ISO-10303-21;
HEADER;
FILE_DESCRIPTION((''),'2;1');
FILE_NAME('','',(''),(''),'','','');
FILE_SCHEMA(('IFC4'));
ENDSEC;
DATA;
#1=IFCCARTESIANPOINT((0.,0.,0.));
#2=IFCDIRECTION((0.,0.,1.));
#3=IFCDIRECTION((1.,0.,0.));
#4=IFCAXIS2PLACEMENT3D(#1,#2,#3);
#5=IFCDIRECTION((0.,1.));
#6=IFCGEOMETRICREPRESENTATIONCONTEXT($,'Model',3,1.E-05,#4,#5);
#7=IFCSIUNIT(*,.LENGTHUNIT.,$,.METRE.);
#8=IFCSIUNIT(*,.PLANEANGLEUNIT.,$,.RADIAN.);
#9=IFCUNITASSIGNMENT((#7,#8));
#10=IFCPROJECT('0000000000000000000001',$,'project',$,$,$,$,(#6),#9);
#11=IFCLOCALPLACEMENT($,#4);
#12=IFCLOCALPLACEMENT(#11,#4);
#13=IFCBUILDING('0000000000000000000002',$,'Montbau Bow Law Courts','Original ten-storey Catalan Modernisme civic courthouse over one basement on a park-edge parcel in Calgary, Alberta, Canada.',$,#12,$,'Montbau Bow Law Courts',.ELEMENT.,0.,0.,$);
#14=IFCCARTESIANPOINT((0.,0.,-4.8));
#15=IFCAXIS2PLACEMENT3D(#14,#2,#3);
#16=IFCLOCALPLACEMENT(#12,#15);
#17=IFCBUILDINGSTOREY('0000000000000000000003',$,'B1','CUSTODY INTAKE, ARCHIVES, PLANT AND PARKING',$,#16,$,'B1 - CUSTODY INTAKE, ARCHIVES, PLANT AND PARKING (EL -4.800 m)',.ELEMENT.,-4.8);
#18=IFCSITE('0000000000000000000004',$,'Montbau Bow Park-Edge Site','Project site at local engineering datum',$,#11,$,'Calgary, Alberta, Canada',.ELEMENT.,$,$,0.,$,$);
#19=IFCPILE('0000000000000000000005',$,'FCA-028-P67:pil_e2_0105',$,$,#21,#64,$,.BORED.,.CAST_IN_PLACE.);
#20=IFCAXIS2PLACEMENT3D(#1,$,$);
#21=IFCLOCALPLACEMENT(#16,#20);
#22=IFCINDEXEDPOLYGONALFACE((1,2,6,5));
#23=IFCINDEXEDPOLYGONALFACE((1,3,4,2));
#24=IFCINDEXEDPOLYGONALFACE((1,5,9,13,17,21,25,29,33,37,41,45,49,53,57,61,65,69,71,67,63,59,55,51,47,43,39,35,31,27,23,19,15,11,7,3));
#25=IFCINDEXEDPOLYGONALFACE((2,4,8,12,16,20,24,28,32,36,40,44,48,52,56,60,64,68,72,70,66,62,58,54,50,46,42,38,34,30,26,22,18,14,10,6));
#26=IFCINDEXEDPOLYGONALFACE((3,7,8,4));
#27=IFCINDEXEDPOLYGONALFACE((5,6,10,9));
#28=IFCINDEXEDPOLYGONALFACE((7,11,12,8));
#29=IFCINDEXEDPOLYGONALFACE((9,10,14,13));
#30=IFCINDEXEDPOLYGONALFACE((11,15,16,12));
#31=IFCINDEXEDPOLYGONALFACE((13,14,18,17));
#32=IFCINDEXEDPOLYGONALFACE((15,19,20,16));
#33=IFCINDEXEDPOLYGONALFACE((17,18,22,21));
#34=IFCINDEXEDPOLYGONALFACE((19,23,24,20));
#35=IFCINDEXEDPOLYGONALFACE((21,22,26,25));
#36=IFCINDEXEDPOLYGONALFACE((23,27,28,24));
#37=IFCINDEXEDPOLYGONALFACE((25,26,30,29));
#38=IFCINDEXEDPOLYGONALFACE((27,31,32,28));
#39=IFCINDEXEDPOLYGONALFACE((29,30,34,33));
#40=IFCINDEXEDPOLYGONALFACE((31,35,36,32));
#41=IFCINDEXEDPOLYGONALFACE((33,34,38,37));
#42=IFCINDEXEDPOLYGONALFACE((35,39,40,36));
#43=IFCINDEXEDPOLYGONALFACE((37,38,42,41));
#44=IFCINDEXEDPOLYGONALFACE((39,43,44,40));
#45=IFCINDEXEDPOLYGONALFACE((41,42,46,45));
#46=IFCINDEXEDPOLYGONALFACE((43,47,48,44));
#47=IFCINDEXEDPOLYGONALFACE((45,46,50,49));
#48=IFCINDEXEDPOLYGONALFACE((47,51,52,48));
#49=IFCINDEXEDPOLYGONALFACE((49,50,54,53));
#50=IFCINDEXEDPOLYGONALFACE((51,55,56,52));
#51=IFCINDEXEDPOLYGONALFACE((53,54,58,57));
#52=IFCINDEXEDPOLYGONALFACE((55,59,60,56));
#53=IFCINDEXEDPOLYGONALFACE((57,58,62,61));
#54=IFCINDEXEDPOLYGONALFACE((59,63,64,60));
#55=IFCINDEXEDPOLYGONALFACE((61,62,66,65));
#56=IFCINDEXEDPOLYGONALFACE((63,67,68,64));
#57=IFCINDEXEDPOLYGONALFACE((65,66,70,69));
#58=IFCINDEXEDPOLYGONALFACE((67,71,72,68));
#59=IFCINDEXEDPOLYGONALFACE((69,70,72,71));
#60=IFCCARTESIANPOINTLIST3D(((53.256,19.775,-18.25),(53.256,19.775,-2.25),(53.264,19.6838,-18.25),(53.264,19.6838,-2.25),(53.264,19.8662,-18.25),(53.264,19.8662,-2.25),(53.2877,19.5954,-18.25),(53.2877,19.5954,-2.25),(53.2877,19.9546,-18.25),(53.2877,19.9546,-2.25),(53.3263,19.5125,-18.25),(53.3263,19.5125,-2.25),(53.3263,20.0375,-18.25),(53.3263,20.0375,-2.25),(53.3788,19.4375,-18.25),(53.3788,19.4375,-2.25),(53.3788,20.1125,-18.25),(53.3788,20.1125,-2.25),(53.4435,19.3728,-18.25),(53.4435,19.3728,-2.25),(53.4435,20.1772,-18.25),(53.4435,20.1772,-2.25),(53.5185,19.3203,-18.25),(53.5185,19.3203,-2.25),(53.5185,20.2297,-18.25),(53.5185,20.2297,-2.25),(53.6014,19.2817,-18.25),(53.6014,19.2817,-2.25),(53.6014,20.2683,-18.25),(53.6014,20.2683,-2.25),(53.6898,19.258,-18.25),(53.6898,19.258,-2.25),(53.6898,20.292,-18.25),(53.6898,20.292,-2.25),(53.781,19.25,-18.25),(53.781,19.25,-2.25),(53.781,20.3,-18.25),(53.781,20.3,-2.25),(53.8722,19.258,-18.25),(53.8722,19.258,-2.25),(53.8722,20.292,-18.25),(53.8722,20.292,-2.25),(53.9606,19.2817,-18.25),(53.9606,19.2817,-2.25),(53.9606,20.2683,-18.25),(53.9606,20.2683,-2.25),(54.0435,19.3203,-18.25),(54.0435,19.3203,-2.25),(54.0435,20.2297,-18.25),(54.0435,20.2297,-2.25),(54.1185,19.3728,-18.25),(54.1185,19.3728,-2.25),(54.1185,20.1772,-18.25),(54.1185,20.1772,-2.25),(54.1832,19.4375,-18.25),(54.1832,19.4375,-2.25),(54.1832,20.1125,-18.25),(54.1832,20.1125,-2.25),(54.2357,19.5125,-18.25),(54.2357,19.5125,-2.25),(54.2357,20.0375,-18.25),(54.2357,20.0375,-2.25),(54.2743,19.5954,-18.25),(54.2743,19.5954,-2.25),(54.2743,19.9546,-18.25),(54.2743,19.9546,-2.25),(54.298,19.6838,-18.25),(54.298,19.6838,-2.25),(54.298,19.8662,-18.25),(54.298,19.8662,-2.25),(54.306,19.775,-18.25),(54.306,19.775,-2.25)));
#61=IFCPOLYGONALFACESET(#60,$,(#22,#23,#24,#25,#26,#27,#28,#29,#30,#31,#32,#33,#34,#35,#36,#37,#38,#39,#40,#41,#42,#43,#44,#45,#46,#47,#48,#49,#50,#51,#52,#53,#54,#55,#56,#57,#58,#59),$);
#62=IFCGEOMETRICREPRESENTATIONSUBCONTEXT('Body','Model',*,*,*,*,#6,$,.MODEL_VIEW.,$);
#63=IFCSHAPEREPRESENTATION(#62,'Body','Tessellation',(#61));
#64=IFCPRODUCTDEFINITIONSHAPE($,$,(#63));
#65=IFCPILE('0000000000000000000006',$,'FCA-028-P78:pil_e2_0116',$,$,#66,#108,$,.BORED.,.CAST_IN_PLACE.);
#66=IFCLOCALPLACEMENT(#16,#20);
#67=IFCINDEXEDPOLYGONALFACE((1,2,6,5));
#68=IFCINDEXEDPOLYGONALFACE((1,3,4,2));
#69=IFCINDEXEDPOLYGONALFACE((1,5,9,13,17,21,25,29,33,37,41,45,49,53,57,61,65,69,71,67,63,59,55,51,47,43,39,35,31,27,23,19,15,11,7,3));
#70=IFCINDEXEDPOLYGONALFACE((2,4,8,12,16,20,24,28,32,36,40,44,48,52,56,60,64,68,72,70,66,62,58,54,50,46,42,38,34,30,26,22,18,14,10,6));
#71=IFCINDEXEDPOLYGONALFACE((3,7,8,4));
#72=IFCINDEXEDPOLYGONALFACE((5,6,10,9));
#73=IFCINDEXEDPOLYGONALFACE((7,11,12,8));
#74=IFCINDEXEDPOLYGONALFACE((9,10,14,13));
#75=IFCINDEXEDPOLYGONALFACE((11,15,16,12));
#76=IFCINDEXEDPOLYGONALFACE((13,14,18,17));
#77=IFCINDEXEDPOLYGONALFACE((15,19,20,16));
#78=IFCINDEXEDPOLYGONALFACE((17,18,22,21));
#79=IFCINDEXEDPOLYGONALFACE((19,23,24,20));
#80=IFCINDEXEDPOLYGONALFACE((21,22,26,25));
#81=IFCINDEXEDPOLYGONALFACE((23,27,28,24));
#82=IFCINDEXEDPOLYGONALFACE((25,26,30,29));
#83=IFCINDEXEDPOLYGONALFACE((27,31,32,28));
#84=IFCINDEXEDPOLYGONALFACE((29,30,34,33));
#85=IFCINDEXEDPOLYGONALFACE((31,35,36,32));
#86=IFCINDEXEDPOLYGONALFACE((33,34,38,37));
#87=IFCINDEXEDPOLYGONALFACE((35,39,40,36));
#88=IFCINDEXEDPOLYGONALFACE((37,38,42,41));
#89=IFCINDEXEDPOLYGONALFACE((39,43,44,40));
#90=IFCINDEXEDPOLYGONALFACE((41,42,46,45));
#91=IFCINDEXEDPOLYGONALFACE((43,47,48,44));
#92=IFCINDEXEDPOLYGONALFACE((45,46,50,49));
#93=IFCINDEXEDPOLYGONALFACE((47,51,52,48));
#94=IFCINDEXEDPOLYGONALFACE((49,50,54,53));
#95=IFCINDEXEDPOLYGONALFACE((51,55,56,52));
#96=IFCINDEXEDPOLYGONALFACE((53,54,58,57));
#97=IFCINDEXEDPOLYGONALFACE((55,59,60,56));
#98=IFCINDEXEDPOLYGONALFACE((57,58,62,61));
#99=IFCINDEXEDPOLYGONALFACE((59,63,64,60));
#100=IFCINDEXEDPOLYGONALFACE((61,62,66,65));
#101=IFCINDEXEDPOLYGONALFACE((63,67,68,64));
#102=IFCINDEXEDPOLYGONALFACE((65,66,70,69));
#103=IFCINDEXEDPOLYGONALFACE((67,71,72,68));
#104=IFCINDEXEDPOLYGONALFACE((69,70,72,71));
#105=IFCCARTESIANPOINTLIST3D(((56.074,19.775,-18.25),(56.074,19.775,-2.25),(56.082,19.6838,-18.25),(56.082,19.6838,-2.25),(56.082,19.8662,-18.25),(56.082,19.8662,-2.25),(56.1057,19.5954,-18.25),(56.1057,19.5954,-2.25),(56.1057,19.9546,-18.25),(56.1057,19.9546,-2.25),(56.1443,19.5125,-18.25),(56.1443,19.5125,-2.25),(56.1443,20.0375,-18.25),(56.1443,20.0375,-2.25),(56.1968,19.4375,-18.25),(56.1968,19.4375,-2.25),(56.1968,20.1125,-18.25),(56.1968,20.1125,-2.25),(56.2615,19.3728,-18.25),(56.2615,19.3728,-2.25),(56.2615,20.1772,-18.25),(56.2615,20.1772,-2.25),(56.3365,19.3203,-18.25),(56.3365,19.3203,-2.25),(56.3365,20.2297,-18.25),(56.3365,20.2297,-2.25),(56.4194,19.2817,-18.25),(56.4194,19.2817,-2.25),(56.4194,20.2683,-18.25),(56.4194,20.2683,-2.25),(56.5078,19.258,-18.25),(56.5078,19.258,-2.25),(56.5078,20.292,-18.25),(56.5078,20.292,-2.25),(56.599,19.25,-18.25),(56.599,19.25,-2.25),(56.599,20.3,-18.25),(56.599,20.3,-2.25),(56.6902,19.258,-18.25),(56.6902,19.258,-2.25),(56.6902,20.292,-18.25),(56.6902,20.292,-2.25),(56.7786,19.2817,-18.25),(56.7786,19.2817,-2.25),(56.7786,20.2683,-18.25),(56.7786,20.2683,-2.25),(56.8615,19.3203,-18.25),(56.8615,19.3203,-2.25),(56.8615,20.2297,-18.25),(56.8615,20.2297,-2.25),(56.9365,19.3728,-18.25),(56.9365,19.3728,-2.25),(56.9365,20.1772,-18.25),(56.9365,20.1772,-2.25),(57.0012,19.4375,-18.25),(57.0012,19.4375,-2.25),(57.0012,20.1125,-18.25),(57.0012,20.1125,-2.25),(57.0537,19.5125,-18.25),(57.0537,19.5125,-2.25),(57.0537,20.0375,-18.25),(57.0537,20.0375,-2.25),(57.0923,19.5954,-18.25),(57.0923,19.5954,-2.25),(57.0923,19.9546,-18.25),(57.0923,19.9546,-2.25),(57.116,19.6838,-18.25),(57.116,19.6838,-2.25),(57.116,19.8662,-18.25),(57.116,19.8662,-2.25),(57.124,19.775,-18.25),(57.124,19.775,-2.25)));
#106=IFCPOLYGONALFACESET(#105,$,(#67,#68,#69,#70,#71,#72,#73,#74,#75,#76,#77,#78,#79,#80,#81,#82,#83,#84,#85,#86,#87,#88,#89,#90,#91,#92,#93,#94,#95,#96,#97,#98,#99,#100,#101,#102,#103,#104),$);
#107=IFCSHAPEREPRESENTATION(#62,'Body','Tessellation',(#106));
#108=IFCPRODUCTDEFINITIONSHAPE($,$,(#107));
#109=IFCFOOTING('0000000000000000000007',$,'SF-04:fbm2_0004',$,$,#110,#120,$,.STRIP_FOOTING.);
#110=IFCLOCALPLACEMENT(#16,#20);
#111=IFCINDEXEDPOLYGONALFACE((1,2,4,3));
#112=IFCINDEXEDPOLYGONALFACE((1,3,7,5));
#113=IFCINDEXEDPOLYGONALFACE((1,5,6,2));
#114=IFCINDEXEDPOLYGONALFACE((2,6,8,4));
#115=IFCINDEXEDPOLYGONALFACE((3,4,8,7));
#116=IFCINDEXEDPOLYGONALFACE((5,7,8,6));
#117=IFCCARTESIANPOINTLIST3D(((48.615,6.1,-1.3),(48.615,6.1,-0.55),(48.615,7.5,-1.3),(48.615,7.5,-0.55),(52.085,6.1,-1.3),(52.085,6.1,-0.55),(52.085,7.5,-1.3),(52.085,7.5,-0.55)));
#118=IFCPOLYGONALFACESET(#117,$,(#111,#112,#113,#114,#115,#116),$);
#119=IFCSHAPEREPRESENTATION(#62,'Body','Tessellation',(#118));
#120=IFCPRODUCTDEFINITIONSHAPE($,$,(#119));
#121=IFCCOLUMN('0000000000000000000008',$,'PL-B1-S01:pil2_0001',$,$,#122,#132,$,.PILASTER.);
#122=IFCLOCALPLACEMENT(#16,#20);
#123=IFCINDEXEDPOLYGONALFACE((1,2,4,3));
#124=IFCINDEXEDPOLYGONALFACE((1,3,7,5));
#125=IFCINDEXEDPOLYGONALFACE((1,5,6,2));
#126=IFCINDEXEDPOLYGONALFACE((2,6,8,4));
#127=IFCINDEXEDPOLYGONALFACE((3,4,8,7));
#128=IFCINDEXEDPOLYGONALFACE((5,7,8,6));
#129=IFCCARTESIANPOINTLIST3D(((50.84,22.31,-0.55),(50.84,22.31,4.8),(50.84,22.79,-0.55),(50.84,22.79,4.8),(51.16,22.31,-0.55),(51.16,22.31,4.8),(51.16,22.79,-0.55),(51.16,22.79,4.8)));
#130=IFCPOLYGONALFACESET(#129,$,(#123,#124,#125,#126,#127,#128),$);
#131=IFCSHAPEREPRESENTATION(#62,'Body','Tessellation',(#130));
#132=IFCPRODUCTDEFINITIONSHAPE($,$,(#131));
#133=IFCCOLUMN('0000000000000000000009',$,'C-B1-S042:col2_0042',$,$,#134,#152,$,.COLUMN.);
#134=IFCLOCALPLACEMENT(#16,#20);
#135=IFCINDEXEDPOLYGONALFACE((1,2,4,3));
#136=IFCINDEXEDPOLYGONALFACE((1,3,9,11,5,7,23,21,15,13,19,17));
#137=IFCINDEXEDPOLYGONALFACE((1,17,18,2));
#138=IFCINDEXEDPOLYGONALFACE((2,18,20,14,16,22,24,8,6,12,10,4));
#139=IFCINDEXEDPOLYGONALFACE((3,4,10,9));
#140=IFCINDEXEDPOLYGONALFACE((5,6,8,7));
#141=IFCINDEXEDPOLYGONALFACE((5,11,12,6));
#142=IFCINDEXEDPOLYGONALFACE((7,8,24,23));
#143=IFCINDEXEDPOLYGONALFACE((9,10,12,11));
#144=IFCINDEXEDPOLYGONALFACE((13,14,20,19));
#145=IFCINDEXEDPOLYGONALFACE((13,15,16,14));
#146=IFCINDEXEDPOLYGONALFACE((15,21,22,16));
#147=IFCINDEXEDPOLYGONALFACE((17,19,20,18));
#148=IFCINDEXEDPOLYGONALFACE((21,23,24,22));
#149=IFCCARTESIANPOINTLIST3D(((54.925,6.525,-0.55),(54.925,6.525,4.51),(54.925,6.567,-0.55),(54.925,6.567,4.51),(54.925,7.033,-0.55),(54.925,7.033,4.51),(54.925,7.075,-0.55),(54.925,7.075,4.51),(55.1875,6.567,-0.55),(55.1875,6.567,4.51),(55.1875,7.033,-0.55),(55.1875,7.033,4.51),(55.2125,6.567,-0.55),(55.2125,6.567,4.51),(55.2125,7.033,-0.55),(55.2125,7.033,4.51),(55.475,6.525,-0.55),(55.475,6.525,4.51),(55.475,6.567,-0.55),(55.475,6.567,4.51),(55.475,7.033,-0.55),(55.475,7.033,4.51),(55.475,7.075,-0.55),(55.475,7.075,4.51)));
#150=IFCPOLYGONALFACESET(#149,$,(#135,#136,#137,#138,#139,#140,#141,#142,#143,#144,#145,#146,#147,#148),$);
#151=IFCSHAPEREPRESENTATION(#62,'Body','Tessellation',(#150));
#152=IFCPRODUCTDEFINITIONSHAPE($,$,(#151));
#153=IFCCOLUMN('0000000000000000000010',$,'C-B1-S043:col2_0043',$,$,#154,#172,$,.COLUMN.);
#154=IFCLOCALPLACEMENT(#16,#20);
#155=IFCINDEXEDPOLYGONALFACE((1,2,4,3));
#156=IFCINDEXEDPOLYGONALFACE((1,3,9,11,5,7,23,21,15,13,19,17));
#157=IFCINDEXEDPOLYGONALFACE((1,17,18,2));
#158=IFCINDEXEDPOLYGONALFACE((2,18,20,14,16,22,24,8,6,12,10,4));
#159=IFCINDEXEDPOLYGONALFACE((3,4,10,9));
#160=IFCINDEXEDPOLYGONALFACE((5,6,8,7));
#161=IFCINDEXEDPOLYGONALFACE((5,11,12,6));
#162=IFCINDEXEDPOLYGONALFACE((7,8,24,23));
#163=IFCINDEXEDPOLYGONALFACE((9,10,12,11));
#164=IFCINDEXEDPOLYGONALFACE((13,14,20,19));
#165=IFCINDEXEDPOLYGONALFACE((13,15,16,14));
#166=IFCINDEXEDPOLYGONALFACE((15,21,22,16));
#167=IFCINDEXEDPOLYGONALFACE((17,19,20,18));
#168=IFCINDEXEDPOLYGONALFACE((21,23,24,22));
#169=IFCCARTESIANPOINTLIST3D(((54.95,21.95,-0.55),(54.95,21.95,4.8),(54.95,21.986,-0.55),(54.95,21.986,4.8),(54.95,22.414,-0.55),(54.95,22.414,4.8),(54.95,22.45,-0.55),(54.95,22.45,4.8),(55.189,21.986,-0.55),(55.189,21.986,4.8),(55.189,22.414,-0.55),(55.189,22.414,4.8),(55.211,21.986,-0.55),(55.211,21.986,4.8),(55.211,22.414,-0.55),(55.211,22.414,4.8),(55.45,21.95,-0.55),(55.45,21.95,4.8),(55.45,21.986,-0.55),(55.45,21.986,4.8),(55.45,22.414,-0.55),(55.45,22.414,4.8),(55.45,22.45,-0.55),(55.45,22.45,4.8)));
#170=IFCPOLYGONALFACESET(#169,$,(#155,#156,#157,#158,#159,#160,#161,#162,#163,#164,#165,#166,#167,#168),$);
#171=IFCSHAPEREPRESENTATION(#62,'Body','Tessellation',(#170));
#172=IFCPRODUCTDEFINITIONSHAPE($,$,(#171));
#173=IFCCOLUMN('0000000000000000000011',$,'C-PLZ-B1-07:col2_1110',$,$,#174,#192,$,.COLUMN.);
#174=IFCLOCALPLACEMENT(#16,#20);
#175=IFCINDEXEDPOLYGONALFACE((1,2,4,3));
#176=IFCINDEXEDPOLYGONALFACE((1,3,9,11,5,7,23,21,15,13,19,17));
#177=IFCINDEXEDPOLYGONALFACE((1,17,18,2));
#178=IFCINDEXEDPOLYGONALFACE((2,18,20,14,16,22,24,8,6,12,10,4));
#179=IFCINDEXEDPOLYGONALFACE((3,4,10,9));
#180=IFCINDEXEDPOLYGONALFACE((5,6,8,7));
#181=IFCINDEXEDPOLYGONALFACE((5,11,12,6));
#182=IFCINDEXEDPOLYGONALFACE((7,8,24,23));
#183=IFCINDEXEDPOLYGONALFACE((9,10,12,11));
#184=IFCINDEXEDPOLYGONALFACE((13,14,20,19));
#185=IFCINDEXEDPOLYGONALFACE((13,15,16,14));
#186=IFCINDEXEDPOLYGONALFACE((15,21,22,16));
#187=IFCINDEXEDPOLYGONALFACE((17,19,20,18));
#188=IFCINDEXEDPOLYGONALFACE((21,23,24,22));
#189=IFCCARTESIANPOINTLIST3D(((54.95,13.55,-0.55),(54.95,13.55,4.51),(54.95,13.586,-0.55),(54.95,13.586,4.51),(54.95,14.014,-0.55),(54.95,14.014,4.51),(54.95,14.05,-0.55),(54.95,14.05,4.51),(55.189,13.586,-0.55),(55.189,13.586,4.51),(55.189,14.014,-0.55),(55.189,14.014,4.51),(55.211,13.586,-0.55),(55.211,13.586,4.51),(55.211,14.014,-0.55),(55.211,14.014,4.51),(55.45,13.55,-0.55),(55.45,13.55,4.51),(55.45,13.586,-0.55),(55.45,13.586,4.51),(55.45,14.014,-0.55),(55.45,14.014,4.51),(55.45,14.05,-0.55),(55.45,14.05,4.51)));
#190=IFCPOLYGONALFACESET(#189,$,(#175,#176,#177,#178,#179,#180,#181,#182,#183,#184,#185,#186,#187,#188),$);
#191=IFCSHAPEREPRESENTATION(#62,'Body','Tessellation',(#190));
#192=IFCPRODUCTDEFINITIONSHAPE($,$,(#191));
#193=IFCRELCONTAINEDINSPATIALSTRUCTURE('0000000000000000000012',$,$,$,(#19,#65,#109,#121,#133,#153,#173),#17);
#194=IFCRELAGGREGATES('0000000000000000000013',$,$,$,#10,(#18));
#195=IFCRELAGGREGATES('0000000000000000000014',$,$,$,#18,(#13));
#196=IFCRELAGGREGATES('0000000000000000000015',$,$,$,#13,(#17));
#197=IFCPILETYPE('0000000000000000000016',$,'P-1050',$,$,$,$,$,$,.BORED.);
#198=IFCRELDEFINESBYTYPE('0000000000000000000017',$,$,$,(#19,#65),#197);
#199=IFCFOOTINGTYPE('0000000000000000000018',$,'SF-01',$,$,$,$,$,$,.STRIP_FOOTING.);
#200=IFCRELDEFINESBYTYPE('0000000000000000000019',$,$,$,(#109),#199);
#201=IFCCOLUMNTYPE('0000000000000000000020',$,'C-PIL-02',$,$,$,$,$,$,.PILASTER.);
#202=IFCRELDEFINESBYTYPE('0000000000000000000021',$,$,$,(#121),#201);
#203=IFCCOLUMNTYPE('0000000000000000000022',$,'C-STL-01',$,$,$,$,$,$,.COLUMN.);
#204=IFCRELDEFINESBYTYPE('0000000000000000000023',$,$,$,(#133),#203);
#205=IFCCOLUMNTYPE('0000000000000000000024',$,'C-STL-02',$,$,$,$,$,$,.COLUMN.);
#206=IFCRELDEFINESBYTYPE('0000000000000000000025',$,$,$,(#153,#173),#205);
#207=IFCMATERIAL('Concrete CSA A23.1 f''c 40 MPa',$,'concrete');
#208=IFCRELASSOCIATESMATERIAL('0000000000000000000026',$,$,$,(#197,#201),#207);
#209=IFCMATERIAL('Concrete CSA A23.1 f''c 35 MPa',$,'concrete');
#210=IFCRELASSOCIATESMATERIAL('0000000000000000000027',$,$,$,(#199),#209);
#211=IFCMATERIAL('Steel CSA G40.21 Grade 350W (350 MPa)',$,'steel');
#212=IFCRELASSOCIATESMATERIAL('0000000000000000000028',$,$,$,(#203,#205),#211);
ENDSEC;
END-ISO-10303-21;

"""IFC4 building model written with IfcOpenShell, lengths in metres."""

from ifc_helpers import new_model, si_unit, direction, frame, origin_with_axes, origin_2d_with_axis, place, context, subcontext, project, spatial, rectangle, circle, i_section, extrude, material, material_profile, profile_set, type_object, element, save


model = new_model("IFC4")

# Units and contexts
model_context = context("Model", 3, precision=1e-05, world=origin_with_axes(), true_north=direction((0.0, 1.0)))
body_context = subcontext(model_context, "Body", "Model", "MODEL_VIEW")
ifc_project = project(units=[si_unit("LENGTHUNIT", "METRE"), si_unit("PLANEANGLEUNIT", "RADIAN")], contexts=[model_context])

# Site, building, storey
site_placement = place(None, origin_with_axes())
site = spatial("IfcSite", under=ifc_project, at=site_placement, Name="Montbau Bow Park-Edge Site", Description="Project site at local engineering datum", LongName="Calgary, Alberta, Canada", CompositionType="ELEMENT", RefElevation=0.0)
building_placement = place(site_placement, origin_with_axes())
building = spatial("IfcBuilding", under=site, at=building_placement, Name="Montbau Bow Law Courts", Description="Original ten-storey Catalan Modernisme civic courthouse over one basement on a park-edge parcel in Calgary, Alberta, Canada.", LongName="Montbau Bow Law Courts", CompositionType="ELEMENT", ElevationOfRefHeight=0.0, ElevationOfTerrain=0.0)
storey_placement = place(building_placement, frame((0.0, 0.0, -4.8), z_axis=(0.0, 0.0, 1.0), x_axis=(1.0, 0.0, 0.0)))
storey = spatial("IfcBuildingStorey", under=building, at=storey_placement, Name="B1", Description="CUSTODY INTAKE, ARCHIVES, PLANT AND PARKING", LongName="B1 - CUSTODY INTAKE, ARCHIVES, PLANT AND PARKING (EL -4.800 m)", CompositionType="ELEMENT", Elevation=-4.8)

# Shared definitions
ifc_material_1 = material(Name="Concrete CSA A23.1 f'c 35 MPa", Category="concrete")

# Piles
ifc_material_2 = material(Name="Concrete CSA A23.1 f'c 40 MPa", Category="concrete")
ifc_material_profile_1 = material_profile(ifc_material_2, circle(Radius=0.525, at=origin_2d_with_axis()), Name="BP1050", Category="Main", Priority=0)
ifc_profile_set_1 = profile_set([ifc_material_profile_1], Name="Concrete CSA A23.1 f'c 40 MPa")
pile_type_1 = type_object("IfcPileType", Name="P-1050", PredefinedType="BORED", material=ifc_profile_set_1)
for number, where, z_axis, x_axis, name in (
    (1, (53.781, 19.775, -23.05), (0.0, 0.0, 1.0), (1.0, 0.0, 0.0), "FCA-028-P67:pil_e2_0105"),
    (2, (56.599, 19.775, -23.05), (0.0, 0.0, 1.0), (1.0, 0.0, 0.0), "FCA-028-P78:pil_e2_0116"),
):
    element("IfcPile", number, at=place(None, frame(where, z_axis=z_axis, x_axis=x_axis)), inside=storey, type_object=pile_type_1, Name=name, ConstructionType="CAST_IN_PLACE", PredefinedType="BORED", context=body_context, shape_type="SweptSolid", body=[
        extrude(circle(Radius=0.525, at=origin_2d_with_axis()), origin_with_axes(), (0.0, 0.0, 1.0), 16.0),
    ])

# Footing
footing_type_1 = type_object("IfcFootingType", Name="SF-01", PredefinedType="STRIP_FOOTING", material=ifc_material_1)
footing_1_placement = place(None, frame((50.35, 6.8, -6.1), z_axis=(0.0, 0.0, 1.0), x_axis=(1.0, 0.0, 0.0)))
element("IfcFooting", 3, at=footing_1_placement, inside=storey, type_object=footing_type_1, Name="SF-04:fbm2_0004", PredefinedType="STRIP_FOOTING", context=body_context, shape_type="SweptSolid", body=[
    extrude(rectangle(XDim=3.47, YDim=1.4, at=origin_2d_with_axis()), origin_with_axes(), (0.0, 0.0, 1.0), 0.75),
])

# Columns
ifc_material_profile_2 = material_profile(ifc_material_2, rectangle(XDim=0.32, YDim=0.48, at=origin_2d_with_axis()), Name="RC480X320", Category="Main", Priority=0)
ifc_profile_set_2 = profile_set([ifc_material_profile_2], Name="Concrete CSA A23.1 f'c 40 MPa")
column_type_1 = type_object("IfcColumnType", Name="C-PIL-02", PredefinedType="PILASTER", material=ifc_profile_set_2)
column_1_placement = place(None, frame((51.0, 22.55, -5.35), z_axis=(0.0, 0.0, 1.0), x_axis=(1.0, 0.0, 0.0)))
element("IfcColumn", 4, at=column_1_placement, inside=storey, type_object=column_type_1, Name="PL-B1-S01:pil2_0001", PredefinedType="PILASTER", context=body_context, shape_type="SweptSolid", body=[
    extrude(rectangle(XDim=0.32, YDim=0.48, at=origin_2d_with_axis()), origin_with_axes(), (0.0, 0.0, 1.0), 5.35),
])
ifc_material_3 = material(Name="Steel CSA G40.21 Grade 350W (350 MPa)", Category="steel")
ifc_material_profile_3 = material_profile(ifc_material_3, i_section(OverallWidth=0.55, OverallDepth=0.55, WebThickness=0.025, FlangeThickness=0.042, at=origin_2d_with_axis()), Name="WWF550X420", Category="Main", Priority=0)
ifc_profile_set_3 = profile_set([ifc_material_profile_3], Name="Steel CSA G40.21 Grade 350W (350 MPa)")
column_type_2 = type_object("IfcColumnType", Name="C-STL-01", PredefinedType="COLUMN", material=ifc_profile_set_3)
column_2_placement = place(None, frame((55.2, 6.8, -5.35), z_axis=(0.0, 0.0, 1.0), x_axis=(1.0, 0.0, 0.0)))
element("IfcColumn", 5, at=column_2_placement, inside=storey, type_object=column_type_2, Name="C-B1-S042:col2_0042", PredefinedType="COLUMN", context=body_context, shape_type="SweptSolid", body=[
    extrude(i_section(OverallWidth=0.55, OverallDepth=0.55, WebThickness=0.025, FlangeThickness=0.042, at=origin_2d_with_axis()), origin_with_axes(), (0.0, 0.0, 1.0), 5.06),
])
ifc_material_profile_4 = material_profile(ifc_material_3, i_section(OverallWidth=0.5, OverallDepth=0.5, WebThickness=0.022, FlangeThickness=0.036, at=origin_2d_with_axis()), Name="WWF500X343", Category="Main", Priority=0)
ifc_profile_set_4 = profile_set([ifc_material_profile_4], Name="Steel CSA G40.21 Grade 350W (350 MPa)")
column_type_3 = type_object("IfcColumnType", Name="C-STL-02", PredefinedType="COLUMN", material=ifc_profile_set_4)
column_3_placement = place(None, frame((55.2, 22.2, -5.35), z_axis=(0.0, 0.0, 1.0), x_axis=(1.0, 0.0, 0.0)))
element("IfcColumn", 6, at=column_3_placement, inside=storey, type_object=column_type_3, Name="C-B1-S043:col2_0043", PredefinedType="COLUMN", context=body_context, shape_type="SweptSolid", body=[
    extrude(i_section(OverallWidth=0.5, OverallDepth=0.5, WebThickness=0.022, FlangeThickness=0.036, at=origin_2d_with_axis()), origin_with_axes(), (0.0, 0.0, 1.0), 5.35),
])
column_4_placement = place(None, frame((55.2, 13.8, -5.35), z_axis=(0.0, 0.0, 1.0), x_axis=(1.0, 0.0, 0.0)))
element("IfcColumn", 7, at=column_4_placement, inside=storey, type_object=column_type_3, Name="C-PLZ-B1-07:col2_1110", PredefinedType="COLUMN", context=body_context, shape_type="SweptSolid", body=[
    extrude(i_section(OverallWidth=0.5, OverallDepth=0.5, WebThickness=0.022, FlangeThickness=0.036, at=origin_2d_with_axis()), origin_with_axes(), (0.0, 0.0, 1.0), 5.06),
])

save(model, "model.ifc")
